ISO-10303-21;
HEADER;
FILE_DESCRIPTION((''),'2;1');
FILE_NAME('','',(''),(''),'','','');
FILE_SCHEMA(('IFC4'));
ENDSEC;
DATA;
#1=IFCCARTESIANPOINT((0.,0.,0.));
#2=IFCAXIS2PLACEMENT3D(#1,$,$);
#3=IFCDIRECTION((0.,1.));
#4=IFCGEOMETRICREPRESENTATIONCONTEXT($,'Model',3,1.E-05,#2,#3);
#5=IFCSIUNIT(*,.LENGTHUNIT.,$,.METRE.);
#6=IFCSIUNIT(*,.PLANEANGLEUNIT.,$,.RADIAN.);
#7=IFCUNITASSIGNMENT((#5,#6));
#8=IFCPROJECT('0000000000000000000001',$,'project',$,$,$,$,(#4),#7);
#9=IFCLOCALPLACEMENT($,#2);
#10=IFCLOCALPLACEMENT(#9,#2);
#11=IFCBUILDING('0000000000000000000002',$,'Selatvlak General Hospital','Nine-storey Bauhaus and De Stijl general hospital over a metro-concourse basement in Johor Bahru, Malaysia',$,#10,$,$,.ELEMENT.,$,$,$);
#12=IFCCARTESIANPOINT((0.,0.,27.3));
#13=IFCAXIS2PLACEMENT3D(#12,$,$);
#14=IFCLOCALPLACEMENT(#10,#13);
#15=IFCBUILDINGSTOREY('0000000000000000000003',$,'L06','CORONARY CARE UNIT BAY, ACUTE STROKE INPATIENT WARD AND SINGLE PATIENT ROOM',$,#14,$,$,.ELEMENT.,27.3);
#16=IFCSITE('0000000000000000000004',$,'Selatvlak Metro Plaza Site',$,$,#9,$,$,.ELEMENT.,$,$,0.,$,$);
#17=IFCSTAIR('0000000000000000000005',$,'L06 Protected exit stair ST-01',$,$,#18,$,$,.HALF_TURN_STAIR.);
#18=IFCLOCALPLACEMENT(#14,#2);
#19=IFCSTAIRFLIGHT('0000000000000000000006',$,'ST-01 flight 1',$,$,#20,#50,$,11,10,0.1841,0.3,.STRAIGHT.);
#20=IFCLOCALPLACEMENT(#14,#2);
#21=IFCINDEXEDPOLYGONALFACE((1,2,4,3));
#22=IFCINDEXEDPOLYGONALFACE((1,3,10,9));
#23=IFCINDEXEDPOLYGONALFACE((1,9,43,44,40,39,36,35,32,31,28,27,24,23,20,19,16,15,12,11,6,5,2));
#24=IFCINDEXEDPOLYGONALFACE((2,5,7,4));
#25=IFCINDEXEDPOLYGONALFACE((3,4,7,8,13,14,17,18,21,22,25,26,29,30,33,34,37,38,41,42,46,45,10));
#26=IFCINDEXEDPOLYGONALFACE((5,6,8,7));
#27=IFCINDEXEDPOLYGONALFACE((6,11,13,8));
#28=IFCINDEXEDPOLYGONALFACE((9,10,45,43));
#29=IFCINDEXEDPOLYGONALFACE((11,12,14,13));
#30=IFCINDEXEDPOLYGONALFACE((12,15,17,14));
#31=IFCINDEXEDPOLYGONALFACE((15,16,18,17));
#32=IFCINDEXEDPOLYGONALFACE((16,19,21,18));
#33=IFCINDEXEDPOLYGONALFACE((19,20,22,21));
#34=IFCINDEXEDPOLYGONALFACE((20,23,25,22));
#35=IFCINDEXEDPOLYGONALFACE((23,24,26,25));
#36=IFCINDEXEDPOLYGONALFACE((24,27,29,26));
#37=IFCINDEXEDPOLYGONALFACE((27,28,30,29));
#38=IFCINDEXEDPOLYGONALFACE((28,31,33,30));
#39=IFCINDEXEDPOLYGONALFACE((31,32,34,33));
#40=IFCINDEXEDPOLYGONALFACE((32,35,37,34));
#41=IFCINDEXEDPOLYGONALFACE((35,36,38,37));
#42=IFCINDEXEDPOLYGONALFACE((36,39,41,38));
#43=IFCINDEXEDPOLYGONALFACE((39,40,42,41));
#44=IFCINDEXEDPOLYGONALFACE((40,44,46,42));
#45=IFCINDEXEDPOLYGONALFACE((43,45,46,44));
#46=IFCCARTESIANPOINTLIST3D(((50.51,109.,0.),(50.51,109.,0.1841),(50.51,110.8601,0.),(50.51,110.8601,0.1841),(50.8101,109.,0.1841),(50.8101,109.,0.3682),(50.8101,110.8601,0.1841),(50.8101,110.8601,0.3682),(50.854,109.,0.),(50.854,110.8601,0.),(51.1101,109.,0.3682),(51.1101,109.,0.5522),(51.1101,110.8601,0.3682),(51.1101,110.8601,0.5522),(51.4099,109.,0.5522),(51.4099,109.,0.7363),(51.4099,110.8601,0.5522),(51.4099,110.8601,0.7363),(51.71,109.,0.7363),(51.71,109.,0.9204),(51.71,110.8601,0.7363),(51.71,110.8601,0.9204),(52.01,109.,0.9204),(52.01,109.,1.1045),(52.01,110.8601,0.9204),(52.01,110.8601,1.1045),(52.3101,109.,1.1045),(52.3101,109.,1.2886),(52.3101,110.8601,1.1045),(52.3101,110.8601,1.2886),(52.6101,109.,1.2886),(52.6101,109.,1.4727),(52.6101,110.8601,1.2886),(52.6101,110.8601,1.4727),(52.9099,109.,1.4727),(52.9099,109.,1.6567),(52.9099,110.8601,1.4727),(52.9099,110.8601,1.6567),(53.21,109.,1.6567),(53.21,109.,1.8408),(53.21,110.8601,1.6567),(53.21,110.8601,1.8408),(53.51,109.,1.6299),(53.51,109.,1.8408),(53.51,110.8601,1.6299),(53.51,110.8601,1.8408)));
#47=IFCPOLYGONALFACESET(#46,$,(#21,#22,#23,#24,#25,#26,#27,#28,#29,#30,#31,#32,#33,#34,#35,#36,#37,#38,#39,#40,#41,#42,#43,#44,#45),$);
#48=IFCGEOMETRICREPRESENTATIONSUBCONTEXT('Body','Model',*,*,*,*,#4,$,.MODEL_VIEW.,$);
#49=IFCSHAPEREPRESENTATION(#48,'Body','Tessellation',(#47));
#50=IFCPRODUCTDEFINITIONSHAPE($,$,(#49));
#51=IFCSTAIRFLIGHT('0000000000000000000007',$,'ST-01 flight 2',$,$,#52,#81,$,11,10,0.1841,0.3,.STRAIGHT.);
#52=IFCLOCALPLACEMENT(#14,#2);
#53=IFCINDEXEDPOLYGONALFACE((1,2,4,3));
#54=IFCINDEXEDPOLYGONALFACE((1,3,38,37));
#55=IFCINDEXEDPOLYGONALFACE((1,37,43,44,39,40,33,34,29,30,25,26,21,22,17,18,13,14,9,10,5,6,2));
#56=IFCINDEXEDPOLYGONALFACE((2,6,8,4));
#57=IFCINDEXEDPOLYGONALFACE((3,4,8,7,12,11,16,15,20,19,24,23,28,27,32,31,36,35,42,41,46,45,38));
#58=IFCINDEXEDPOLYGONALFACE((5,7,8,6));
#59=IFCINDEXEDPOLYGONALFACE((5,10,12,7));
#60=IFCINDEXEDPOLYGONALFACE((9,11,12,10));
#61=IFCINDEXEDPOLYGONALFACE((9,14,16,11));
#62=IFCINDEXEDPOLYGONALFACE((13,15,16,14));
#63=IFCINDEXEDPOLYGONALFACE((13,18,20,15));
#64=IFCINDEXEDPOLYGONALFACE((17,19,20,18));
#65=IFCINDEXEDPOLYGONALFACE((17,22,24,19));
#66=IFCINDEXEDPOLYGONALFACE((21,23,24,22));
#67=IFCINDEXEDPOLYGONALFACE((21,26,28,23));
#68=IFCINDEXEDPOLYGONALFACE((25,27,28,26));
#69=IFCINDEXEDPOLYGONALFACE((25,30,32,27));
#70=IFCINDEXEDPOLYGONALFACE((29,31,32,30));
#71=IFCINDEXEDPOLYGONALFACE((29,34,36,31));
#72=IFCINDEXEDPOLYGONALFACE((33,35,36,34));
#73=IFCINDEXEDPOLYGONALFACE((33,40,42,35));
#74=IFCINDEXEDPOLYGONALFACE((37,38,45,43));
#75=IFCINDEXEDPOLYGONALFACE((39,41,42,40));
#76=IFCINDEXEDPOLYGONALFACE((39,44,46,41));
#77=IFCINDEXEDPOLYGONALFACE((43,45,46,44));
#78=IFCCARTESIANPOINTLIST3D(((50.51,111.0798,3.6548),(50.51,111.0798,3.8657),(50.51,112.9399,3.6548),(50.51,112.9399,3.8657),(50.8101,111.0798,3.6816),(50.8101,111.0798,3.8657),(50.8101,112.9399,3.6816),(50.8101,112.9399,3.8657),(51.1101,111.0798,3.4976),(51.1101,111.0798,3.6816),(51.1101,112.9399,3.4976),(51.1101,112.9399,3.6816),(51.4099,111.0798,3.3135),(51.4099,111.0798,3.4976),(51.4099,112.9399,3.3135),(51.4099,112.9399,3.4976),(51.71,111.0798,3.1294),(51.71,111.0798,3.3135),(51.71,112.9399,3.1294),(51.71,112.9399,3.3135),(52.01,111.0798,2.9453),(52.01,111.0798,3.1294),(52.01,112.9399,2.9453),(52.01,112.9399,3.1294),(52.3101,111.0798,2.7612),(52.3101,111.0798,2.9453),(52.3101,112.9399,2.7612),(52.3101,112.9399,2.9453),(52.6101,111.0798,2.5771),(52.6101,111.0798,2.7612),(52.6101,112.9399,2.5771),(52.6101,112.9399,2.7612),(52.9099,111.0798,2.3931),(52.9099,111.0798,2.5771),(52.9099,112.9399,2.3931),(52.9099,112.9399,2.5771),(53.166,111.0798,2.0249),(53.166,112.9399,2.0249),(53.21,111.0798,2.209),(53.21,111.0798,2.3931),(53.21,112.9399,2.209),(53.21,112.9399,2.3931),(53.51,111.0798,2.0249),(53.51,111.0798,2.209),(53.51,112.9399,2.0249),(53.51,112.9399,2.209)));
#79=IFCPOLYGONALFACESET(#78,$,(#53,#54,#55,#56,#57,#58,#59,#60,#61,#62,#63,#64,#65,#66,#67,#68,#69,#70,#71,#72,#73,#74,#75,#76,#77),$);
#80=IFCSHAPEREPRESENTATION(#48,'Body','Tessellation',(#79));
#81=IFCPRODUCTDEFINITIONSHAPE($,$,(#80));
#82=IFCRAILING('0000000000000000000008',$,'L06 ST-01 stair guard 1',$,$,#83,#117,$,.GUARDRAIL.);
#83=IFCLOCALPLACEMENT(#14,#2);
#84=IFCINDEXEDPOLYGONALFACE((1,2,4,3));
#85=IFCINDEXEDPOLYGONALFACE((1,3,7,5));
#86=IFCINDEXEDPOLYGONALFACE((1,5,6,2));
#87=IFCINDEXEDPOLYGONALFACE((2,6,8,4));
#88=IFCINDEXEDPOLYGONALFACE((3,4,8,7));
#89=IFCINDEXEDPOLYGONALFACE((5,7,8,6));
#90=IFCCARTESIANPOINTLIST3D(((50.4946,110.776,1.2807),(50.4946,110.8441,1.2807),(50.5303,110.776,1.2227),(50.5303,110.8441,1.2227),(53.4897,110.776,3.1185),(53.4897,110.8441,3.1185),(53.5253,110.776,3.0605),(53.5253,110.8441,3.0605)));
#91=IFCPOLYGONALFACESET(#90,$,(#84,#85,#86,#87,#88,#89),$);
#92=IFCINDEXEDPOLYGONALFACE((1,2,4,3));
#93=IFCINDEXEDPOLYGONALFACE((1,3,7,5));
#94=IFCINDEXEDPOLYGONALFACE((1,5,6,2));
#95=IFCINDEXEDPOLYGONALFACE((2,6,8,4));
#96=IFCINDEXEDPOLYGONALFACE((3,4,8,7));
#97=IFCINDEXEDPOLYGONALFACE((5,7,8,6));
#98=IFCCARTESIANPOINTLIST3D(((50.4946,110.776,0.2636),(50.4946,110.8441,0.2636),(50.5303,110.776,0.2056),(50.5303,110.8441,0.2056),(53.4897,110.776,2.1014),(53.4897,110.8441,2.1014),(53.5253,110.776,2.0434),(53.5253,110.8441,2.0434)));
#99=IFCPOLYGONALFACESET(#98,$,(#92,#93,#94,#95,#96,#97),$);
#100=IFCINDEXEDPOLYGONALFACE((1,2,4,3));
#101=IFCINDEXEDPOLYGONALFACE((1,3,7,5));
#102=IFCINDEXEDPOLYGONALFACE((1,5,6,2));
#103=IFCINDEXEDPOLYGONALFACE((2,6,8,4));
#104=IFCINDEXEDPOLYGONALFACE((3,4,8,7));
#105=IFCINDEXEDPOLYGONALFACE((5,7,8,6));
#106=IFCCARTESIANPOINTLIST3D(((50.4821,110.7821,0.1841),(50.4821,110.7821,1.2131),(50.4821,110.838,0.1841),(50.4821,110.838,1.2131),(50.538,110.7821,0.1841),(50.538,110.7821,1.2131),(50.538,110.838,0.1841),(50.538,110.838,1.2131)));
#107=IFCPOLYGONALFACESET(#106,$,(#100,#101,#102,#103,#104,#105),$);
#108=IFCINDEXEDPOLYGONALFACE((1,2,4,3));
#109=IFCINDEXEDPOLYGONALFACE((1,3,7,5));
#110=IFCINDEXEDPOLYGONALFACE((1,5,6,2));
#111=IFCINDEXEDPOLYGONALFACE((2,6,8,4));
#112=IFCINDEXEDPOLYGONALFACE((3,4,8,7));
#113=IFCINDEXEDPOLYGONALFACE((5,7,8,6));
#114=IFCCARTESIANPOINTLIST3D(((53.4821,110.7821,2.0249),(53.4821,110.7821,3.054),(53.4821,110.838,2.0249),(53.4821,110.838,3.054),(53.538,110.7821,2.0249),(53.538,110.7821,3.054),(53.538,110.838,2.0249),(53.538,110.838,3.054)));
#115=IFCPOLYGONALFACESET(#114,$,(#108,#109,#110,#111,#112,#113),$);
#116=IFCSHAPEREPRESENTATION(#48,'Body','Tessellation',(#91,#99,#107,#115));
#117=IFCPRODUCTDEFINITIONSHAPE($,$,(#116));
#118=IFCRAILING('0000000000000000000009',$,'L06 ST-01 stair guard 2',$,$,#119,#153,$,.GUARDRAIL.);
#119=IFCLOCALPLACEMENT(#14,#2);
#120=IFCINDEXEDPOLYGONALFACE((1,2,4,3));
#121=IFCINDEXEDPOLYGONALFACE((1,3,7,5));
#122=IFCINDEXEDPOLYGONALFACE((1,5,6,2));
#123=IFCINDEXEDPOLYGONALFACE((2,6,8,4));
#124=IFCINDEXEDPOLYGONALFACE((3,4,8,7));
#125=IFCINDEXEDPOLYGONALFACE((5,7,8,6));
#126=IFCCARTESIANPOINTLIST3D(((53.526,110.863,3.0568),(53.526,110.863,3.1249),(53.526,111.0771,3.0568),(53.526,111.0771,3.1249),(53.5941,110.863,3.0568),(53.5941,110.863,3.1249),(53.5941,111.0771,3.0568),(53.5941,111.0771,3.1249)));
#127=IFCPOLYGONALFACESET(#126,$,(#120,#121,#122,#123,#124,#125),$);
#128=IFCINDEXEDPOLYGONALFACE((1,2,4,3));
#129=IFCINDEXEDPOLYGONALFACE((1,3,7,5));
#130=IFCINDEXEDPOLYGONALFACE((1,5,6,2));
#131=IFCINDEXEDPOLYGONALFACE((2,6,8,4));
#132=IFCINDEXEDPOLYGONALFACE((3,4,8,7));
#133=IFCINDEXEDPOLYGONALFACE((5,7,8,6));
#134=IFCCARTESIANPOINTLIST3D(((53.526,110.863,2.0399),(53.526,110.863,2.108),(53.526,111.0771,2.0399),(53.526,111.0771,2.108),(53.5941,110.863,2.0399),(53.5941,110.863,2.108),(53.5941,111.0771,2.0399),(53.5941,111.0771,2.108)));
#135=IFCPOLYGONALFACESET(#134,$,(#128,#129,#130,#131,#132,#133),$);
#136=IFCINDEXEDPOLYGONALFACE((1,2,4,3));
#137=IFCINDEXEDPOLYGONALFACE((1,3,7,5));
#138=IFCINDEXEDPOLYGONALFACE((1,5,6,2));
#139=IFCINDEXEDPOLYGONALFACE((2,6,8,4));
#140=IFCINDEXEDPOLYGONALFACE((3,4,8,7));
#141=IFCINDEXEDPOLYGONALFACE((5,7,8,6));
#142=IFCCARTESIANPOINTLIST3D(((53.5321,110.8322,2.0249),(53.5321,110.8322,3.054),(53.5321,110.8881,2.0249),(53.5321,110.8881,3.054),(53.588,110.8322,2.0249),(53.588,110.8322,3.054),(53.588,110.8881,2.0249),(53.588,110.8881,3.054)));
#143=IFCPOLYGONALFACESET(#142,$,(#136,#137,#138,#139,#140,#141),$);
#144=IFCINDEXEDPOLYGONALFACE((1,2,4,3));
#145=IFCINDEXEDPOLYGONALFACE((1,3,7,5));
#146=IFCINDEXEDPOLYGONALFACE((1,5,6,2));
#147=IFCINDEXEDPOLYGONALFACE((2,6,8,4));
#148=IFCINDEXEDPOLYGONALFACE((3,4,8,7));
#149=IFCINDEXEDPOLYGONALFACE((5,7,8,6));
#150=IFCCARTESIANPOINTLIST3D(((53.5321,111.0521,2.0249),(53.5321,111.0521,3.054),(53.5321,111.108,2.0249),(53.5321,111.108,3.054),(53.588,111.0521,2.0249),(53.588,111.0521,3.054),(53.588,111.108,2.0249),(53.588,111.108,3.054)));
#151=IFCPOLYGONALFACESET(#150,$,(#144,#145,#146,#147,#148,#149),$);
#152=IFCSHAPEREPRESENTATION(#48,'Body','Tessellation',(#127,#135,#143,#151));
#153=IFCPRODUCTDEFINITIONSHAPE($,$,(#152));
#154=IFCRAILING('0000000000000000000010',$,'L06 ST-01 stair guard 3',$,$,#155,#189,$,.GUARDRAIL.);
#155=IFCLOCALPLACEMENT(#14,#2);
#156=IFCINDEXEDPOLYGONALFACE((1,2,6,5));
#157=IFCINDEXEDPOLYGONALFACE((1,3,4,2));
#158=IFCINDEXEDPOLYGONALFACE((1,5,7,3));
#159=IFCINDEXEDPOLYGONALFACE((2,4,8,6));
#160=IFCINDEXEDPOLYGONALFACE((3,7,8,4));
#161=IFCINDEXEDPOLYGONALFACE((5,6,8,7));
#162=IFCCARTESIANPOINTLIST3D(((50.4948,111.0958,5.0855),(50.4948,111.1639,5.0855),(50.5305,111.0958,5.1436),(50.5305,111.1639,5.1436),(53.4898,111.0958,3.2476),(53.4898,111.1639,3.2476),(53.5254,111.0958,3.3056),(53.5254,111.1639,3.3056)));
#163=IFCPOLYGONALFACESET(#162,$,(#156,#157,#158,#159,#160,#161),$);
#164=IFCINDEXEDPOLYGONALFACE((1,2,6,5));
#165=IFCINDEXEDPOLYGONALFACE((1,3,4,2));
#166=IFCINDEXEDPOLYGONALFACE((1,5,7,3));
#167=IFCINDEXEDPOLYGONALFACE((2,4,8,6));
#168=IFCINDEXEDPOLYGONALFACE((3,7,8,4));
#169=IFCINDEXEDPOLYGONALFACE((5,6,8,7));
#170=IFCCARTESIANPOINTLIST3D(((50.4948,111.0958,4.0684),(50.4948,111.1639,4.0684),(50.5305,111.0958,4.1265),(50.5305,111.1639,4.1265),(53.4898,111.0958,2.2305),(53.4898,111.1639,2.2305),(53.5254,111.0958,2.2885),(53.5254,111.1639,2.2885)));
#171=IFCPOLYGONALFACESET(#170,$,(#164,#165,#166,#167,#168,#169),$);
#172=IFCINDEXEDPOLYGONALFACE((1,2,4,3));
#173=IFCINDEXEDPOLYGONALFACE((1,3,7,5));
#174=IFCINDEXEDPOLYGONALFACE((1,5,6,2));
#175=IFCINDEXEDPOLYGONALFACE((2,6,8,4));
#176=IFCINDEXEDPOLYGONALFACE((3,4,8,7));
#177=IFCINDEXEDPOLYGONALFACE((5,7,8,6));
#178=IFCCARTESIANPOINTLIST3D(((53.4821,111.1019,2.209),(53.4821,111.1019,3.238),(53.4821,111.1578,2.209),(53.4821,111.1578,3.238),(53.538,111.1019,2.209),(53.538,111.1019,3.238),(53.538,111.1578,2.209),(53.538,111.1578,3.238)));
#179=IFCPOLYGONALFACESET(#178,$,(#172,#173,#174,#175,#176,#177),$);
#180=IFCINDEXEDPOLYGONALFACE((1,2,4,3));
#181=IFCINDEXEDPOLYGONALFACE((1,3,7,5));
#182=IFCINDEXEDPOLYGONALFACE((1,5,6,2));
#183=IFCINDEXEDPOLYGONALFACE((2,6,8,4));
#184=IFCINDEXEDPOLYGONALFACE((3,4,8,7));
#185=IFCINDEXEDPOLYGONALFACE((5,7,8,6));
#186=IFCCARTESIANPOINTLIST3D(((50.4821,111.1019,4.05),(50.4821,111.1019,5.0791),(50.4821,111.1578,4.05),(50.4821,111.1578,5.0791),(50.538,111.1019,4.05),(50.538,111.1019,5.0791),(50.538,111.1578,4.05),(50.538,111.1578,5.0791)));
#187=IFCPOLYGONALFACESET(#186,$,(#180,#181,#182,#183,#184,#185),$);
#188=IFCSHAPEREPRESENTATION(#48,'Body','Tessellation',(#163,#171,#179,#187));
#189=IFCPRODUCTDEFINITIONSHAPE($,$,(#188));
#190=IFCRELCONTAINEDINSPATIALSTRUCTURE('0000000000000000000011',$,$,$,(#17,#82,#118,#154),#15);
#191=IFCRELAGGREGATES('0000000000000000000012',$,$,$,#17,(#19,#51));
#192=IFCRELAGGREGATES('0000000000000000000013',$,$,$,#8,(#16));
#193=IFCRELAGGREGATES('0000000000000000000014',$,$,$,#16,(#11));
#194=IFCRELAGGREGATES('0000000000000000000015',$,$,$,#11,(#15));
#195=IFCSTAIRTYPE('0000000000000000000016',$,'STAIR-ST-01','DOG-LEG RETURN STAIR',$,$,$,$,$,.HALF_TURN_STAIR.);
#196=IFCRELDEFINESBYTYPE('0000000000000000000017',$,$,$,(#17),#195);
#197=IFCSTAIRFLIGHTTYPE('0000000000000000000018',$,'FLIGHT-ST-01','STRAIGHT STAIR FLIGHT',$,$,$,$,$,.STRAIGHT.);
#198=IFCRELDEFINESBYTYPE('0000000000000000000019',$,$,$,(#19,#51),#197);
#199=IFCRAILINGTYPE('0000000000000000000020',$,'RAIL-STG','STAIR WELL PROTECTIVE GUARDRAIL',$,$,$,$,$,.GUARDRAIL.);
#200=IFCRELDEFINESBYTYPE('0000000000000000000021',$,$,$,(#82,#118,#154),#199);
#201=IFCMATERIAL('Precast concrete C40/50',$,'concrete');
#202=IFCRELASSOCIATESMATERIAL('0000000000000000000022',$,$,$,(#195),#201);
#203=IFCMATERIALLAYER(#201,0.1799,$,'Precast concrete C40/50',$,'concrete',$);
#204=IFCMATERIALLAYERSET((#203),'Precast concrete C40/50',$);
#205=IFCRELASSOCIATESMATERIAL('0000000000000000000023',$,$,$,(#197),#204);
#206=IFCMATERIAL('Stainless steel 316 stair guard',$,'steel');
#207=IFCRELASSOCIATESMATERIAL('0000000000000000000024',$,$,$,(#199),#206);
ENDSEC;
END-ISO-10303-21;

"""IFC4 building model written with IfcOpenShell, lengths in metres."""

from ifc_helpers import new_model, si_unit, direction, frame, origin, origin_2d, place, context, subcontext, project, spatial, polyline, rectangle, outline, extrude, material, layer, layer_set, type_object, element, aggregate, save


model = new_model("IFC4")

# Units and contexts
model_context = context("Model", 3, precision=1e-05, world=origin(), true_north=direction((0.0, 1.0)))
body_context = subcontext(model_context, "Body", "Model", "MODEL_VIEW")
ifc_project = project(units=[si_unit("LENGTHUNIT", "METRE"), si_unit("PLANEANGLEUNIT", "RADIAN")], contexts=[model_context])

# Site, building, storey
site_placement = place(None, origin())
site = spatial("IfcSite", under=ifc_project, at=site_placement, Name="Selatvlak Metro Plaza Site", CompositionType="ELEMENT", RefElevation=0.0)
building_placement = place(site_placement, origin())
building = spatial("IfcBuilding", under=site, at=building_placement, Name="Selatvlak General Hospital", Description="Nine-storey Bauhaus and De Stijl general hospital over a metro-concourse basement in Johor Bahru, Malaysia", CompositionType="ELEMENT")
storey_placement = place(building_placement, frame((0.0, 0.0, 27.3)))
storey = spatial("IfcBuildingStorey", under=building, at=storey_placement, Name="L06", Description="CORONARY CARE UNIT BAY, ACUTE STROKE INPATIENT WARD AND SINGLE PATIENT ROOM", CompositionType="ELEMENT", Elevation=27.3)

# Stair, stair flights
ifc_material_1 = material(Name="Precast concrete C40/50", Category="concrete")
stair_type = type_object("IfcStairType", Name="STAIR-ST-01", Description="DOG-LEG RETURN STAIR", PredefinedType="HALF_TURN_STAIR", material=ifc_material_1)
stair_placement = place(storey_placement, origin())
stair = element("IfcStair", 1, at=stair_placement, inside=storey, type_object=stair_type, Name="L06 Protected exit stair ST-01", PredefinedType="HALF_TURN_STAIR")
ifc_layer_1 = layer(ifc_material_1, 0.1799, Name="Precast concrete C40/50", Category="concrete")
ifc_layer_set_1 = layer_set([ifc_layer_1], Name="Precast concrete C40/50")
stair_flight_type = type_object("IfcStairFlightType", Name="FLIGHT-ST-01", Description="STRAIGHT STAIR FLIGHT", PredefinedType="STRAIGHT", material=ifc_layer_set_1)
stair_flight_1_placement = place(storey_placement, frame((50.51, 109.9299, 0.0), z_axis=(0.0, 0.0, 1.0), x_axis=(1.0, 0.0, 0.0)))
stair_flight_1 = element("IfcStairFlight", 2, at=stair_flight_1_placement, type_object=stair_flight_type, Name="ST-01 flight 1", NumberOfRisers=11, NumberOfTreads=10, PredefinedType="STRAIGHT", RiserHeight=0.1841, TreadLength=0.3, context=body_context, shape_type="SweptSolid", body=[
    extrude(outline(polyline([(0.0, 0.0), (0.0, 0.1841), (0.3, 0.1841), (0.3, 0.3682), (0.6001, 0.3682), (0.6001, 0.5522), (0.8999, 0.5522), (0.8999, 0.7363), (1.2, 0.7363), (1.2, 0.9204), (1.5, 0.9204), (1.5, 1.1045), (1.8, 1.1045), (1.8, 1.2886), (2.1001, 1.2886), (2.1001, 1.4727), (2.3999, 1.4727), (2.3999, 1.6567), (2.7, 1.6567), (2.7, 1.8408), (3.0, 1.8408), (3.0, 2.0249), (3.0, 1.6299), (0.344, 0.0), (0.0, 0.0)])), frame((0.0, 0.9302, 0.0), z_axis=(0.0, -1.0, 0.0), x_axis=(1.0, 0.0, 0.0)), (0.0, 0.0, 1.0), 1.8601),
])
stair_flight_2_placement = place(storey_placement, frame((53.51, 112.01, 2.0249), z_axis=(0.0, 0.0, 1.0), x_axis=(-1.0, 0.0, 0.0)))
stair_flight_2 = element("IfcStairFlight", 3, at=stair_flight_2_placement, type_object=stair_flight_type, Name="ST-01 flight 2", NumberOfRisers=11, NumberOfTreads=10, PredefinedType="STRAIGHT", RiserHeight=0.1841, TreadLength=0.3, context=body_context, shape_type="SweptSolid", body=[
    extrude(outline(polyline([(0.0, 0.0), (0.0, 0.1841), (0.3, 0.1841), (0.3, 0.3682), (0.6001, 0.3682), (0.6001, 0.5522), (0.8999, 0.5522), (0.8999, 0.7363), (1.2, 0.7363), (1.2, 0.9204), (1.5, 0.9204), (1.5, 1.1045), (1.8, 1.1045), (1.8, 1.2886), (2.1001, 1.2886), (2.1001, 1.4727), (2.3999, 1.4727), (2.3999, 1.6567), (2.7, 1.6567), (2.7, 1.8408), (3.0, 1.8408), (3.0, 2.0249), (3.0, 1.6299), (0.344, 0.0), (0.0, 0.0)])), frame((0.0, 0.9302, 0.0), z_axis=(0.0, -1.0, 0.0), x_axis=(1.0, 0.0, 0.0)), (0.0, 0.0, 1.0), 1.8601),
])
aggregate(stair, [stair_flight_1, stair_flight_2])

# Railings
ifc_material_2 = material(Name="Stainless steel 316 stair guard", Category="steel")
railing_type_1 = type_object("IfcRailingType", Name="RAIL-STG", Description="STAIR WELL PROTECTIVE GUARDRAIL", PredefinedType="GUARDRAIL", material=ifc_material_2)
railing_1_placement = place(storey_placement, frame((50.51, 110.8101, 0.1841)))
element("IfcRailing", 4, at=railing_1_placement, inside=storey, type_object=railing_type_1, Name="L06 ST-01 stair guard 1", PredefinedType="GUARDRAIL", context=body_context, shape_type="SweptSolid", body=[
    extrude(rectangle(XDim=0.0681, YDim=0.0681, at=origin_2d()), frame((0.0024, 0.0, 1.0676), z_axis=(0.852334, 0.0, 0.522998), x_axis=(0.0, 1.0, 0.0)), (0.0, 0.0, 1.0), 3.5139),
    extrude(rectangle(XDim=0.0681, YDim=0.0681, at=origin_2d()), frame((0.0024, 0.0, 0.0505), z_axis=(0.852334, 0.0, 0.522998), x_axis=(0.0, 1.0, 0.0)), (0.0, 0.0, 1.0), 3.5139),
    extrude(rectangle(XDim=0.0559, YDim=0.0559, at=origin_2d()), origin(), (0.0, 0.0, 1.0), 1.0291),
    extrude(rectangle(XDim=0.0559, YDim=0.0559, at=origin_2d()), frame((3.0, 0.0, 1.8408)), (0.0, 0.0, 1.0), 1.0291),
])
railing_2_placement = place(storey_placement, frame((53.5601, 110.8601, 2.0249)))
element("IfcRailing", 5, at=railing_2_placement, inside=storey, type_object=railing_type_1, Name="L06 ST-01 stair guard 2", PredefinedType="GUARDRAIL", context=body_context, shape_type="SweptSolid", body=[
    extrude(rectangle(XDim=0.0681, YDim=0.0681, at=origin_2d()), frame((0.0, 0.0029, 1.0659), z_axis=(0.0, 1.0, 0.0), x_axis=(-1.0, 0.0, 0.0)), (0.0, 0.0, 1.0), 0.2141),
    extrude(rectangle(XDim=0.0681, YDim=0.0681, at=origin_2d()), frame((0.0, 0.0029, 0.0491), z_axis=(0.0, 1.0, 0.0), x_axis=(-1.0, 0.0, 0.0)), (0.0, 0.0, 1.0), 0.2141),
    extrude(rectangle(XDim=0.0559, YDim=0.0559, at=origin_2d()), origin(), (0.0, 0.0, 1.0), 1.0291),
    extrude(rectangle(XDim=0.0559, YDim=0.0559, at=origin_2d()), frame((0.0, 0.22, 0.0)), (0.0, 0.0, 1.0), 1.0291),
])
railing_3_placement = place(storey_placement, frame((53.51, 111.1299, 2.209)))
element("IfcRailing", 6, at=railing_3_placement, inside=storey, type_object=railing_type_1, Name="L06 ST-01 stair guard 3", PredefinedType="GUARDRAIL", context=body_context, shape_type="SweptSolid", body=[
    extrude(rectangle(XDim=0.0681, YDim=0.0681, at=origin_2d()), frame((-0.0024, 0.0, 1.0676), z_axis=(-0.852303, 0.0, 0.523048), x_axis=(0.0, -1.0, 0.0)), (0.0, 0.0, 1.0), 3.5139),
    extrude(rectangle(XDim=0.0681, YDim=0.0681, at=origin_2d()), frame((-0.0024, 0.0, 0.0505), z_axis=(-0.852303, 0.0, 0.523048), x_axis=(0.0, -1.0, 0.0)), (0.0, 0.0, 1.0), 3.5139),
    extrude(rectangle(XDim=0.0559, YDim=0.0559, at=origin_2d()), origin(), (0.0, 0.0, 1.0), 1.0291),
    extrude(rectangle(XDim=0.0559, YDim=0.0559, at=origin_2d()), frame((-3.0, 0.0, 1.8411)), (0.0, 0.0, 1.0), 1.0291),
])

save(model, "model.ifc")
